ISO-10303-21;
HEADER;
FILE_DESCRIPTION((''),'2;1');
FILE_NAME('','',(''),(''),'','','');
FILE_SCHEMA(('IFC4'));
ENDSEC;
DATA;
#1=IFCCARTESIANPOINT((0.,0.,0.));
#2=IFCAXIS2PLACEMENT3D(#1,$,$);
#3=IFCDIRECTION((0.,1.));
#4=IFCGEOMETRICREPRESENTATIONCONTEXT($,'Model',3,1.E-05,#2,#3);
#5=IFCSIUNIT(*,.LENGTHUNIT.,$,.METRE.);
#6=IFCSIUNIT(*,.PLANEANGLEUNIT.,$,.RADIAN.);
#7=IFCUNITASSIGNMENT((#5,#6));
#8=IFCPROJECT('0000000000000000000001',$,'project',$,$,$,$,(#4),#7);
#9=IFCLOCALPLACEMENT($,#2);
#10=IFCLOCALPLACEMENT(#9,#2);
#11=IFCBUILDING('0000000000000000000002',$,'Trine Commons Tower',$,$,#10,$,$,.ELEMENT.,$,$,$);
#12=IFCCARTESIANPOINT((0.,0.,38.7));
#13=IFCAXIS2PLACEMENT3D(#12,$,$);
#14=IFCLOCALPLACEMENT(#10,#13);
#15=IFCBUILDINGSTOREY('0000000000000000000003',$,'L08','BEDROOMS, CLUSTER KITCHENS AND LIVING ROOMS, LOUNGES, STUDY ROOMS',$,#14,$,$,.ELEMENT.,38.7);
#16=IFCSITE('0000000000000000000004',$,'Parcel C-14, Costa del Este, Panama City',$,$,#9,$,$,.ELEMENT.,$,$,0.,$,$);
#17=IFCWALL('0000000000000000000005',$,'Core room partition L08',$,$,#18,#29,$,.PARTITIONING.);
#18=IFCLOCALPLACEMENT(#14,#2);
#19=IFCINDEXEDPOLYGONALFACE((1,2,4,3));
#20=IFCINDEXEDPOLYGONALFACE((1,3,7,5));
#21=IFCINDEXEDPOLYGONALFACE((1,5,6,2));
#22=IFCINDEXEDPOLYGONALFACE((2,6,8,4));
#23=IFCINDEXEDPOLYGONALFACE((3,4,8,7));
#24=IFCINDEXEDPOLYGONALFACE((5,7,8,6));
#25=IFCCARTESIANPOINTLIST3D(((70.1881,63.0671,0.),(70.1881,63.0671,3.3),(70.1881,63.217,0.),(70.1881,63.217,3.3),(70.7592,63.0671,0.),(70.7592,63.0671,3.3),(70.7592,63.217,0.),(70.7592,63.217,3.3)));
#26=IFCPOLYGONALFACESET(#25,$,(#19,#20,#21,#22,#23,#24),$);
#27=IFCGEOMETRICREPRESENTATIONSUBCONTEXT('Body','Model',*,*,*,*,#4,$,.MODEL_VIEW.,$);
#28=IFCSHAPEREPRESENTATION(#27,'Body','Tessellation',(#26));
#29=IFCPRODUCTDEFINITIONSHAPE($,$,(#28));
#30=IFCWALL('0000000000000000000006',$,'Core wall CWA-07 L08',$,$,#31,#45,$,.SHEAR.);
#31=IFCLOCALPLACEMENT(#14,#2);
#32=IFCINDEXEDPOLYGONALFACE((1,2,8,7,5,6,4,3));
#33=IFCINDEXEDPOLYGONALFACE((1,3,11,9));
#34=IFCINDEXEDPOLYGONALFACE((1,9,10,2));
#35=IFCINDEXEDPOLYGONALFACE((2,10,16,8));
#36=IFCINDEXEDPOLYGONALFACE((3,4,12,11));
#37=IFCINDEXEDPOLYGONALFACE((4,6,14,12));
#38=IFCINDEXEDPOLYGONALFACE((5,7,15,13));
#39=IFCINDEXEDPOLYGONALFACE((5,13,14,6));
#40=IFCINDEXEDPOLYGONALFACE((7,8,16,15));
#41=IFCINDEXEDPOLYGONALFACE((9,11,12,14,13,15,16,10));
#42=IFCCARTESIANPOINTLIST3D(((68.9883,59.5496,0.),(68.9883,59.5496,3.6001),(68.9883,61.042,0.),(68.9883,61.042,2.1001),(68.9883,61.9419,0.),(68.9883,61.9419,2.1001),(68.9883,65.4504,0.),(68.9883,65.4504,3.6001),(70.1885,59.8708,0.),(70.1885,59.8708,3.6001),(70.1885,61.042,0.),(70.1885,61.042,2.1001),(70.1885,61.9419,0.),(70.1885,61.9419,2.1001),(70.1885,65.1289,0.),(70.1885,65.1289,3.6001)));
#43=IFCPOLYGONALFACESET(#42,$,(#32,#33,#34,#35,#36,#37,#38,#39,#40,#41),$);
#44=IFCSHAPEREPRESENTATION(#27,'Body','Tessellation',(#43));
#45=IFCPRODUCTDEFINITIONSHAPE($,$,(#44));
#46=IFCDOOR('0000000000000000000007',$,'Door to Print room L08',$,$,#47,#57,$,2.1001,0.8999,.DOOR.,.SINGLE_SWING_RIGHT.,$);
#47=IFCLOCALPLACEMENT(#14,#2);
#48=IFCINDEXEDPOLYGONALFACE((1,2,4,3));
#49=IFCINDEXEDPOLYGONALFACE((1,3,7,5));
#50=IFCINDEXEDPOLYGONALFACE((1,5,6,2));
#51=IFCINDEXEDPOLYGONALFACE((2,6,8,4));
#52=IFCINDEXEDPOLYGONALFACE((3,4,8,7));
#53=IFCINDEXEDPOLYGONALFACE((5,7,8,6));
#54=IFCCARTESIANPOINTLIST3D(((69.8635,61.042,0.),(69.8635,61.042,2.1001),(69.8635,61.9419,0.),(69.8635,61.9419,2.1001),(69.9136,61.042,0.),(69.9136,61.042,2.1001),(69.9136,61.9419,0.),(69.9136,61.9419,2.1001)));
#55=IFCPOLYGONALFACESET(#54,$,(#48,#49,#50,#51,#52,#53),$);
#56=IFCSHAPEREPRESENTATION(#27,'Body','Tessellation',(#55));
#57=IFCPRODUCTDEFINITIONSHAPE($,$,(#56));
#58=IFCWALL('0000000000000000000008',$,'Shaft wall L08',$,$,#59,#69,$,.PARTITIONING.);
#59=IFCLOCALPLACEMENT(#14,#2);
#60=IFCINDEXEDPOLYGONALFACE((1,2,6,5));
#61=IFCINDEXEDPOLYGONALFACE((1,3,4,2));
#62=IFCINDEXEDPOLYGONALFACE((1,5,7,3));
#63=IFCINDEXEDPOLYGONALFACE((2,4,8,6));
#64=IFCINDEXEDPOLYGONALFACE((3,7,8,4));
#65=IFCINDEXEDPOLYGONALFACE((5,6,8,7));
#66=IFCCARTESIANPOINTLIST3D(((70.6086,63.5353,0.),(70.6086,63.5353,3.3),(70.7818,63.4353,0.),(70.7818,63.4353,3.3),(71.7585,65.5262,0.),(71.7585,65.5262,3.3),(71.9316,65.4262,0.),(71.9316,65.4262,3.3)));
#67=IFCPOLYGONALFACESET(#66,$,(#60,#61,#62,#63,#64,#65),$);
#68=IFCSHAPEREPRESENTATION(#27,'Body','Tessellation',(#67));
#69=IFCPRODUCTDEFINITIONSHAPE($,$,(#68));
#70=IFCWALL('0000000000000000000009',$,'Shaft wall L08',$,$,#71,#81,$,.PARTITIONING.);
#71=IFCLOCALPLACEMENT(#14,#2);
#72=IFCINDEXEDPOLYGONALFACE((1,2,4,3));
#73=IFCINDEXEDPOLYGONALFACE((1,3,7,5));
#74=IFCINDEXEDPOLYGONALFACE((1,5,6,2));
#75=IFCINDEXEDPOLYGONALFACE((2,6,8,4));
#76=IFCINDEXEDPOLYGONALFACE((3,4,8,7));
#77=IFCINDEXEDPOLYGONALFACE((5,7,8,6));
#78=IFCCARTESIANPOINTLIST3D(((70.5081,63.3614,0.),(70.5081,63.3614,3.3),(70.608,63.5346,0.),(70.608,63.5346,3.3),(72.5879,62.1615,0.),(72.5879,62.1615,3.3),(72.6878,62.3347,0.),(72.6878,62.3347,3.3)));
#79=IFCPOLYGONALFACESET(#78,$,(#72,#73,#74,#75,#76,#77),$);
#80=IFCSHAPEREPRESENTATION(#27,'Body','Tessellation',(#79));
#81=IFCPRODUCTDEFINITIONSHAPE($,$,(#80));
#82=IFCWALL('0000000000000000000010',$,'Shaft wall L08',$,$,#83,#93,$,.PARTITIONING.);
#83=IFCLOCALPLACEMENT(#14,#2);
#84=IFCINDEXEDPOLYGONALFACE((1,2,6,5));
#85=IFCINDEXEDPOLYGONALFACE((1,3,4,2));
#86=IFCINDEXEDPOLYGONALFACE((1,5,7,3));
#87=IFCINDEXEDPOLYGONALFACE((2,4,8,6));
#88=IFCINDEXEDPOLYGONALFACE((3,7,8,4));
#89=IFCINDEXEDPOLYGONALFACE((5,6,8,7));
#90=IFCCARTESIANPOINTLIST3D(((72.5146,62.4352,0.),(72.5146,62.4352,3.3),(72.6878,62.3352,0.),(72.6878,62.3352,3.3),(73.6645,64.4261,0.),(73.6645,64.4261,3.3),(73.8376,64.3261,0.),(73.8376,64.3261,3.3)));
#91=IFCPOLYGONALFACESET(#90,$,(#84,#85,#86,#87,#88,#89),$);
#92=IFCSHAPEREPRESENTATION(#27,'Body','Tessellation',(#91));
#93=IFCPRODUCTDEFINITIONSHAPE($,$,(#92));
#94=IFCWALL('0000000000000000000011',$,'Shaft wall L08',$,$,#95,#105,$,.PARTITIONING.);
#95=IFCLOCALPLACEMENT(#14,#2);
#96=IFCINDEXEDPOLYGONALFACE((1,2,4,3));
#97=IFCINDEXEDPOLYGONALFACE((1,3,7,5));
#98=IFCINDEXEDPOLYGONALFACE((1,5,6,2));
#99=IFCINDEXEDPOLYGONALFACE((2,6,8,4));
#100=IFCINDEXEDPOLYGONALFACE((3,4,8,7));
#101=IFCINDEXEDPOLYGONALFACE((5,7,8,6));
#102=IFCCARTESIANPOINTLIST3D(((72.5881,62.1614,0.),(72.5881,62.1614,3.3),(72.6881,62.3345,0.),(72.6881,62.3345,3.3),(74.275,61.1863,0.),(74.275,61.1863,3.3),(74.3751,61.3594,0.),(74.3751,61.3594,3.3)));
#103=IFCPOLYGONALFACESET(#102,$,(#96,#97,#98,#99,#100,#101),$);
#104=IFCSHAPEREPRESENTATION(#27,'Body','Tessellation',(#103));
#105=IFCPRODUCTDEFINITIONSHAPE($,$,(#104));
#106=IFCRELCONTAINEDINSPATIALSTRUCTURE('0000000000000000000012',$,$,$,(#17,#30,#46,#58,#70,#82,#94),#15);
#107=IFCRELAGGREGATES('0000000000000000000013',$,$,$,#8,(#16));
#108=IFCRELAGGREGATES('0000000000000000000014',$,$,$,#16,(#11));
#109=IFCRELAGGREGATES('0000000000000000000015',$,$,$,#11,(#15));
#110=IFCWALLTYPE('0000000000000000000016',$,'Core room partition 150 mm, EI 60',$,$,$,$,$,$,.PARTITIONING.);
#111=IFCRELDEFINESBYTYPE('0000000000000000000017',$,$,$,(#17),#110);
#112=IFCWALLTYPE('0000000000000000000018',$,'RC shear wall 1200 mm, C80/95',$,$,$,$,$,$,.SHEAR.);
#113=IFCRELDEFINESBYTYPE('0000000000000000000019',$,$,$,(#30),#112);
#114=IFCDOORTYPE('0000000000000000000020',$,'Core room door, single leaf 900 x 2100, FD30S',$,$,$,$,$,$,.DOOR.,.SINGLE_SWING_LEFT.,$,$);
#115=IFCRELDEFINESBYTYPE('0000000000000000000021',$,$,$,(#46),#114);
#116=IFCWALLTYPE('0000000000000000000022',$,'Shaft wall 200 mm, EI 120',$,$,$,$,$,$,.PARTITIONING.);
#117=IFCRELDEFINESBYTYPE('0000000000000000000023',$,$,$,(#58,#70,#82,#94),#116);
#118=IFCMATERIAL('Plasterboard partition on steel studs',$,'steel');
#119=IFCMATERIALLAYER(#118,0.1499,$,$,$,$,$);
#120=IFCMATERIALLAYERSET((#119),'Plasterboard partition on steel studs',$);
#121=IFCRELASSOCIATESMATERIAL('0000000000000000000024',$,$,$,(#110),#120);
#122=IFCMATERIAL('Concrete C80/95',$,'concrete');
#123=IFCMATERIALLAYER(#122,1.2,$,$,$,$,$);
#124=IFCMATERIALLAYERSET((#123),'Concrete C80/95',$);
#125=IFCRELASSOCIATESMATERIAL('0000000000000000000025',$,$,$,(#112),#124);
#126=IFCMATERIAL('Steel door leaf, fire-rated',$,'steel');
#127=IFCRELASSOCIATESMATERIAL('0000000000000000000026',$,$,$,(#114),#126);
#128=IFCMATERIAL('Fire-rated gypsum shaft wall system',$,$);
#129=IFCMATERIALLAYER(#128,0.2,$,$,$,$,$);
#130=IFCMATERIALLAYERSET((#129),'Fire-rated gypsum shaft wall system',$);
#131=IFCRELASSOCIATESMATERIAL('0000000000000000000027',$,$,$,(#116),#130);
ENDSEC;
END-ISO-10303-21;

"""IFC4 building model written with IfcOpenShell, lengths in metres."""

from ifc_helpers import new_model, si_unit, direction, frame, frame_2d, origin, place, context, subcontext, project, spatial, polyline, rectangle, outline, extrude, material, layer, layer_set, type_object, element, fill, save


model = new_model("IFC4")

# Units and contexts
model_context = context("Model", 3, precision=1e-05, world=origin(), true_north=direction((0.0, 1.0)))
body_context = subcontext(model_context, "Body", "Model", "MODEL_VIEW")
ifc_project = project(units=[si_unit("LENGTHUNIT", "METRE"), si_unit("PLANEANGLEUNIT", "RADIAN")], contexts=[model_context])

# Site, building, storey
site_placement = place(None, origin())
site = spatial("IfcSite", under=ifc_project, at=site_placement, Name="Parcel C-14, Costa del Este, Panama City", CompositionType="ELEMENT", RefElevation=0.0)
building_placement = place(site_placement, origin())
building = spatial("IfcBuilding", under=site, at=building_placement, Name="Trine Commons Tower", CompositionType="ELEMENT")
storey_placement = place(building_placement, frame((0.0, 0.0, 38.7)))
storey = spatial("IfcBuildingStorey", under=building, at=storey_placement, Name="L08", Description="BEDROOMS, CLUSTER KITCHENS AND LIVING ROOMS, LOUNGES, STUDY ROOMS", CompositionType="ELEMENT", Elevation=38.7)

# Wall
ifc_material_1 = material(Name="Plasterboard partition on steel studs", Category="steel")
ifc_layer_1 = layer(ifc_material_1, 0.1499)
ifc_layer_set_1 = layer_set([ifc_layer_1], Name="Plasterboard partition on steel studs")
wall_type_1 = type_object("IfcWallType", Name="Core room partition 150 mm, EI 60", PredefinedType="PARTITIONING", material=ifc_layer_set_1)
wall_1_placement = place(storey_placement, frame((70.188, 63.1421, 0.0), z_axis=(0.0, 0.0, 1.0), x_axis=(1.0, 0.0, 0.0)))
element("IfcWall", 1, at=wall_1_placement, inside=storey, type_object=wall_type_1, Name="Core room partition L08", PredefinedType="PARTITIONING", context=body_context, shape_type="SweptSolid", body=[
    extrude(rectangle(XDim=0.571, YDim=0.1499, at=frame_2d((0.2856, 0.0))), origin(), (0.0, 0.0, 1.0), 3.3),
])

# Wall, opening, door
ifc_material_2 = material(Name="Concrete C80/95", Category="concrete")
ifc_layer_2 = layer(ifc_material_2, 1.2)
ifc_layer_set_2 = layer_set([ifc_layer_2], Name="Concrete C80/95")
wall_type_2 = type_object("IfcWallType", Name="RC shear wall 1200 mm, C80/95", PredefinedType="SHEAR", material=ifc_layer_set_2)
wall_2_placement = place(storey_placement, frame((69.5884, 65.4504, 0.0), z_axis=(0.0, 0.0, 1.0), x_axis=(0.0, -1.0, 0.0)))
wall_2 = element("IfcWall", 2, at=wall_2_placement, inside=storey, type_object=wall_type_2, Name="Core wall CWA-07 L08", PredefinedType="SHEAR", context=body_context, shape_type="SweptSolid", body=[
    extrude(outline(polyline([(0.0, -0.6001), (5.9009, -0.6001), (5.5796, 0.6001), (0.3215, 0.6001), (0.0, -0.6001)])), origin(), (0.0, 0.0, 1.0), 3.6001),
])
opening_1_placement = place(wall_2_placement, frame((3.5085, 0.0, 0.0)))
opening_1 = element("IfcOpeningElement", 3, at=opening_1_placement, cuts=wall_2, PredefinedType="OPENING", context=body_context, shape_type="SweptSolid", body=[
    extrude(rectangle(XDim=0.8999, YDim=2.1001, at=frame_2d((0.45, 1.05))), frame((0.0, 0.6099, 0.0), z_axis=(0.0, -1.0, 0.0), x_axis=(1.0, 0.0, 0.0)), (0.0, 0.0, 1.0), 1.22),
])
ifc_material_3 = material(Name="Steel door leaf, fire-rated", Category="steel")
door_type_1 = type_object("IfcDoorType", Name="Core room door, single leaf 900 x 2100, FD30S", OperationType="SINGLE_SWING_LEFT", PredefinedType="DOOR", material=ifc_material_3)
door_1_placement = place(opening_1_placement, origin())
door_1 = element("IfcDoor", 4, at=door_1_placement, inside=storey, type_object=door_type_1, Name="Door to Print room L08", OperationType="SINGLE_SWING_RIGHT", OverallHeight=2.1001, OverallWidth=0.8999, PredefinedType="DOOR", context=body_context, shape_type="SweptSolid", body=[
    extrude(rectangle(XDim=0.8999, YDim=2.1001, at=frame_2d((0.45, 1.05))), frame((0.0, 0.3252, 0.0), z_axis=(0.0, -1.0, 0.0), x_axis=(1.0, 0.0, 0.0)), (0.0, 0.0, 1.0), 0.05),
])
fill(opening_1, door_1)

# Walls
ifc_material_4 = material(Name="Fire-rated gypsum shaft wall system")
ifc_layer_3 = layer(ifc_material_4, 0.2)
ifc_layer_set_3 = layer_set([ifc_layer_3], Name="Fire-rated gypsum shaft wall system")
wall_type_3 = type_object("IfcWallType", Name="Shaft wall 200 mm, EI 120", PredefinedType="PARTITIONING", material=ifc_layer_set_3)
wall_3_placement = place(storey_placement, frame((71.845, 65.4761, 0.0), z_axis=(0.0, 0.0, 1.0), x_axis=(-0.500136, -0.865947, 0.0)))
element("IfcWall", 5, at=wall_3_placement, inside=storey, type_object=wall_type_3, Name="Shaft wall L08", PredefinedType="PARTITIONING", context=body_context, shape_type="SweptSolid", body=[
    extrude(rectangle(XDim=2.2991, YDim=0.2, at=frame_2d((1.1494, 0.0))), origin(), (0.0, 0.0, 1.0), 3.3),
])
wall_4_placement = place(storey_placement, frame((72.6379, 62.248, 0.0), z_axis=(0.0, 0.0, 1.0), x_axis=(-0.866177, 0.499737, 0.0)))
element("IfcWall", 6, at=wall_4_placement, inside=storey, type_object=wall_type_3, Name="Shaft wall L08", PredefinedType="PARTITIONING", context=body_context, shape_type="SweptSolid", body=[
    extrude(rectangle(XDim=2.4011, YDim=0.2, at=frame_2d((1.2007, 0.0))), origin(), (0.0, 0.0, 1.0), 3.3),
])
wall_5_placement = place(storey_placement, frame((73.751, 64.376, 0.0), z_axis=(0.0, 0.0, 1.0), x_axis=(-0.500136, -0.865947, 0.0)))
element("IfcWall", 7, at=wall_5_placement, inside=storey, type_object=wall_type_3, Name="Shaft wall L08", PredefinedType="PARTITIONING", context=body_context, shape_type="SweptSolid", body=[
    extrude(rectangle(XDim=2.2991, YDim=0.2, at=frame_2d((1.1494, 0.0))), origin(), (0.0, 0.0, 1.0), 3.3),
])
wall_6_placement = place(storey_placement, frame((74.325, 61.2729, 0.0), z_axis=(0.0, 0.0, 1.0), x_axis=(-0.865781, 0.500424, 0.0)))
element("IfcWall", 8, at=wall_6_placement, inside=storey, type_object=wall_type_3, Name="Shaft wall L08", PredefinedType="PARTITIONING", context=body_context, shape_type="SweptSolid", body=[
    extrude(rectangle(XDim=1.9485, YDim=0.2, at=frame_2d((0.9741, 0.0))), origin(), (0.0, 0.0, 1.0), 3.3),
])

save(model, "model.ifc")
